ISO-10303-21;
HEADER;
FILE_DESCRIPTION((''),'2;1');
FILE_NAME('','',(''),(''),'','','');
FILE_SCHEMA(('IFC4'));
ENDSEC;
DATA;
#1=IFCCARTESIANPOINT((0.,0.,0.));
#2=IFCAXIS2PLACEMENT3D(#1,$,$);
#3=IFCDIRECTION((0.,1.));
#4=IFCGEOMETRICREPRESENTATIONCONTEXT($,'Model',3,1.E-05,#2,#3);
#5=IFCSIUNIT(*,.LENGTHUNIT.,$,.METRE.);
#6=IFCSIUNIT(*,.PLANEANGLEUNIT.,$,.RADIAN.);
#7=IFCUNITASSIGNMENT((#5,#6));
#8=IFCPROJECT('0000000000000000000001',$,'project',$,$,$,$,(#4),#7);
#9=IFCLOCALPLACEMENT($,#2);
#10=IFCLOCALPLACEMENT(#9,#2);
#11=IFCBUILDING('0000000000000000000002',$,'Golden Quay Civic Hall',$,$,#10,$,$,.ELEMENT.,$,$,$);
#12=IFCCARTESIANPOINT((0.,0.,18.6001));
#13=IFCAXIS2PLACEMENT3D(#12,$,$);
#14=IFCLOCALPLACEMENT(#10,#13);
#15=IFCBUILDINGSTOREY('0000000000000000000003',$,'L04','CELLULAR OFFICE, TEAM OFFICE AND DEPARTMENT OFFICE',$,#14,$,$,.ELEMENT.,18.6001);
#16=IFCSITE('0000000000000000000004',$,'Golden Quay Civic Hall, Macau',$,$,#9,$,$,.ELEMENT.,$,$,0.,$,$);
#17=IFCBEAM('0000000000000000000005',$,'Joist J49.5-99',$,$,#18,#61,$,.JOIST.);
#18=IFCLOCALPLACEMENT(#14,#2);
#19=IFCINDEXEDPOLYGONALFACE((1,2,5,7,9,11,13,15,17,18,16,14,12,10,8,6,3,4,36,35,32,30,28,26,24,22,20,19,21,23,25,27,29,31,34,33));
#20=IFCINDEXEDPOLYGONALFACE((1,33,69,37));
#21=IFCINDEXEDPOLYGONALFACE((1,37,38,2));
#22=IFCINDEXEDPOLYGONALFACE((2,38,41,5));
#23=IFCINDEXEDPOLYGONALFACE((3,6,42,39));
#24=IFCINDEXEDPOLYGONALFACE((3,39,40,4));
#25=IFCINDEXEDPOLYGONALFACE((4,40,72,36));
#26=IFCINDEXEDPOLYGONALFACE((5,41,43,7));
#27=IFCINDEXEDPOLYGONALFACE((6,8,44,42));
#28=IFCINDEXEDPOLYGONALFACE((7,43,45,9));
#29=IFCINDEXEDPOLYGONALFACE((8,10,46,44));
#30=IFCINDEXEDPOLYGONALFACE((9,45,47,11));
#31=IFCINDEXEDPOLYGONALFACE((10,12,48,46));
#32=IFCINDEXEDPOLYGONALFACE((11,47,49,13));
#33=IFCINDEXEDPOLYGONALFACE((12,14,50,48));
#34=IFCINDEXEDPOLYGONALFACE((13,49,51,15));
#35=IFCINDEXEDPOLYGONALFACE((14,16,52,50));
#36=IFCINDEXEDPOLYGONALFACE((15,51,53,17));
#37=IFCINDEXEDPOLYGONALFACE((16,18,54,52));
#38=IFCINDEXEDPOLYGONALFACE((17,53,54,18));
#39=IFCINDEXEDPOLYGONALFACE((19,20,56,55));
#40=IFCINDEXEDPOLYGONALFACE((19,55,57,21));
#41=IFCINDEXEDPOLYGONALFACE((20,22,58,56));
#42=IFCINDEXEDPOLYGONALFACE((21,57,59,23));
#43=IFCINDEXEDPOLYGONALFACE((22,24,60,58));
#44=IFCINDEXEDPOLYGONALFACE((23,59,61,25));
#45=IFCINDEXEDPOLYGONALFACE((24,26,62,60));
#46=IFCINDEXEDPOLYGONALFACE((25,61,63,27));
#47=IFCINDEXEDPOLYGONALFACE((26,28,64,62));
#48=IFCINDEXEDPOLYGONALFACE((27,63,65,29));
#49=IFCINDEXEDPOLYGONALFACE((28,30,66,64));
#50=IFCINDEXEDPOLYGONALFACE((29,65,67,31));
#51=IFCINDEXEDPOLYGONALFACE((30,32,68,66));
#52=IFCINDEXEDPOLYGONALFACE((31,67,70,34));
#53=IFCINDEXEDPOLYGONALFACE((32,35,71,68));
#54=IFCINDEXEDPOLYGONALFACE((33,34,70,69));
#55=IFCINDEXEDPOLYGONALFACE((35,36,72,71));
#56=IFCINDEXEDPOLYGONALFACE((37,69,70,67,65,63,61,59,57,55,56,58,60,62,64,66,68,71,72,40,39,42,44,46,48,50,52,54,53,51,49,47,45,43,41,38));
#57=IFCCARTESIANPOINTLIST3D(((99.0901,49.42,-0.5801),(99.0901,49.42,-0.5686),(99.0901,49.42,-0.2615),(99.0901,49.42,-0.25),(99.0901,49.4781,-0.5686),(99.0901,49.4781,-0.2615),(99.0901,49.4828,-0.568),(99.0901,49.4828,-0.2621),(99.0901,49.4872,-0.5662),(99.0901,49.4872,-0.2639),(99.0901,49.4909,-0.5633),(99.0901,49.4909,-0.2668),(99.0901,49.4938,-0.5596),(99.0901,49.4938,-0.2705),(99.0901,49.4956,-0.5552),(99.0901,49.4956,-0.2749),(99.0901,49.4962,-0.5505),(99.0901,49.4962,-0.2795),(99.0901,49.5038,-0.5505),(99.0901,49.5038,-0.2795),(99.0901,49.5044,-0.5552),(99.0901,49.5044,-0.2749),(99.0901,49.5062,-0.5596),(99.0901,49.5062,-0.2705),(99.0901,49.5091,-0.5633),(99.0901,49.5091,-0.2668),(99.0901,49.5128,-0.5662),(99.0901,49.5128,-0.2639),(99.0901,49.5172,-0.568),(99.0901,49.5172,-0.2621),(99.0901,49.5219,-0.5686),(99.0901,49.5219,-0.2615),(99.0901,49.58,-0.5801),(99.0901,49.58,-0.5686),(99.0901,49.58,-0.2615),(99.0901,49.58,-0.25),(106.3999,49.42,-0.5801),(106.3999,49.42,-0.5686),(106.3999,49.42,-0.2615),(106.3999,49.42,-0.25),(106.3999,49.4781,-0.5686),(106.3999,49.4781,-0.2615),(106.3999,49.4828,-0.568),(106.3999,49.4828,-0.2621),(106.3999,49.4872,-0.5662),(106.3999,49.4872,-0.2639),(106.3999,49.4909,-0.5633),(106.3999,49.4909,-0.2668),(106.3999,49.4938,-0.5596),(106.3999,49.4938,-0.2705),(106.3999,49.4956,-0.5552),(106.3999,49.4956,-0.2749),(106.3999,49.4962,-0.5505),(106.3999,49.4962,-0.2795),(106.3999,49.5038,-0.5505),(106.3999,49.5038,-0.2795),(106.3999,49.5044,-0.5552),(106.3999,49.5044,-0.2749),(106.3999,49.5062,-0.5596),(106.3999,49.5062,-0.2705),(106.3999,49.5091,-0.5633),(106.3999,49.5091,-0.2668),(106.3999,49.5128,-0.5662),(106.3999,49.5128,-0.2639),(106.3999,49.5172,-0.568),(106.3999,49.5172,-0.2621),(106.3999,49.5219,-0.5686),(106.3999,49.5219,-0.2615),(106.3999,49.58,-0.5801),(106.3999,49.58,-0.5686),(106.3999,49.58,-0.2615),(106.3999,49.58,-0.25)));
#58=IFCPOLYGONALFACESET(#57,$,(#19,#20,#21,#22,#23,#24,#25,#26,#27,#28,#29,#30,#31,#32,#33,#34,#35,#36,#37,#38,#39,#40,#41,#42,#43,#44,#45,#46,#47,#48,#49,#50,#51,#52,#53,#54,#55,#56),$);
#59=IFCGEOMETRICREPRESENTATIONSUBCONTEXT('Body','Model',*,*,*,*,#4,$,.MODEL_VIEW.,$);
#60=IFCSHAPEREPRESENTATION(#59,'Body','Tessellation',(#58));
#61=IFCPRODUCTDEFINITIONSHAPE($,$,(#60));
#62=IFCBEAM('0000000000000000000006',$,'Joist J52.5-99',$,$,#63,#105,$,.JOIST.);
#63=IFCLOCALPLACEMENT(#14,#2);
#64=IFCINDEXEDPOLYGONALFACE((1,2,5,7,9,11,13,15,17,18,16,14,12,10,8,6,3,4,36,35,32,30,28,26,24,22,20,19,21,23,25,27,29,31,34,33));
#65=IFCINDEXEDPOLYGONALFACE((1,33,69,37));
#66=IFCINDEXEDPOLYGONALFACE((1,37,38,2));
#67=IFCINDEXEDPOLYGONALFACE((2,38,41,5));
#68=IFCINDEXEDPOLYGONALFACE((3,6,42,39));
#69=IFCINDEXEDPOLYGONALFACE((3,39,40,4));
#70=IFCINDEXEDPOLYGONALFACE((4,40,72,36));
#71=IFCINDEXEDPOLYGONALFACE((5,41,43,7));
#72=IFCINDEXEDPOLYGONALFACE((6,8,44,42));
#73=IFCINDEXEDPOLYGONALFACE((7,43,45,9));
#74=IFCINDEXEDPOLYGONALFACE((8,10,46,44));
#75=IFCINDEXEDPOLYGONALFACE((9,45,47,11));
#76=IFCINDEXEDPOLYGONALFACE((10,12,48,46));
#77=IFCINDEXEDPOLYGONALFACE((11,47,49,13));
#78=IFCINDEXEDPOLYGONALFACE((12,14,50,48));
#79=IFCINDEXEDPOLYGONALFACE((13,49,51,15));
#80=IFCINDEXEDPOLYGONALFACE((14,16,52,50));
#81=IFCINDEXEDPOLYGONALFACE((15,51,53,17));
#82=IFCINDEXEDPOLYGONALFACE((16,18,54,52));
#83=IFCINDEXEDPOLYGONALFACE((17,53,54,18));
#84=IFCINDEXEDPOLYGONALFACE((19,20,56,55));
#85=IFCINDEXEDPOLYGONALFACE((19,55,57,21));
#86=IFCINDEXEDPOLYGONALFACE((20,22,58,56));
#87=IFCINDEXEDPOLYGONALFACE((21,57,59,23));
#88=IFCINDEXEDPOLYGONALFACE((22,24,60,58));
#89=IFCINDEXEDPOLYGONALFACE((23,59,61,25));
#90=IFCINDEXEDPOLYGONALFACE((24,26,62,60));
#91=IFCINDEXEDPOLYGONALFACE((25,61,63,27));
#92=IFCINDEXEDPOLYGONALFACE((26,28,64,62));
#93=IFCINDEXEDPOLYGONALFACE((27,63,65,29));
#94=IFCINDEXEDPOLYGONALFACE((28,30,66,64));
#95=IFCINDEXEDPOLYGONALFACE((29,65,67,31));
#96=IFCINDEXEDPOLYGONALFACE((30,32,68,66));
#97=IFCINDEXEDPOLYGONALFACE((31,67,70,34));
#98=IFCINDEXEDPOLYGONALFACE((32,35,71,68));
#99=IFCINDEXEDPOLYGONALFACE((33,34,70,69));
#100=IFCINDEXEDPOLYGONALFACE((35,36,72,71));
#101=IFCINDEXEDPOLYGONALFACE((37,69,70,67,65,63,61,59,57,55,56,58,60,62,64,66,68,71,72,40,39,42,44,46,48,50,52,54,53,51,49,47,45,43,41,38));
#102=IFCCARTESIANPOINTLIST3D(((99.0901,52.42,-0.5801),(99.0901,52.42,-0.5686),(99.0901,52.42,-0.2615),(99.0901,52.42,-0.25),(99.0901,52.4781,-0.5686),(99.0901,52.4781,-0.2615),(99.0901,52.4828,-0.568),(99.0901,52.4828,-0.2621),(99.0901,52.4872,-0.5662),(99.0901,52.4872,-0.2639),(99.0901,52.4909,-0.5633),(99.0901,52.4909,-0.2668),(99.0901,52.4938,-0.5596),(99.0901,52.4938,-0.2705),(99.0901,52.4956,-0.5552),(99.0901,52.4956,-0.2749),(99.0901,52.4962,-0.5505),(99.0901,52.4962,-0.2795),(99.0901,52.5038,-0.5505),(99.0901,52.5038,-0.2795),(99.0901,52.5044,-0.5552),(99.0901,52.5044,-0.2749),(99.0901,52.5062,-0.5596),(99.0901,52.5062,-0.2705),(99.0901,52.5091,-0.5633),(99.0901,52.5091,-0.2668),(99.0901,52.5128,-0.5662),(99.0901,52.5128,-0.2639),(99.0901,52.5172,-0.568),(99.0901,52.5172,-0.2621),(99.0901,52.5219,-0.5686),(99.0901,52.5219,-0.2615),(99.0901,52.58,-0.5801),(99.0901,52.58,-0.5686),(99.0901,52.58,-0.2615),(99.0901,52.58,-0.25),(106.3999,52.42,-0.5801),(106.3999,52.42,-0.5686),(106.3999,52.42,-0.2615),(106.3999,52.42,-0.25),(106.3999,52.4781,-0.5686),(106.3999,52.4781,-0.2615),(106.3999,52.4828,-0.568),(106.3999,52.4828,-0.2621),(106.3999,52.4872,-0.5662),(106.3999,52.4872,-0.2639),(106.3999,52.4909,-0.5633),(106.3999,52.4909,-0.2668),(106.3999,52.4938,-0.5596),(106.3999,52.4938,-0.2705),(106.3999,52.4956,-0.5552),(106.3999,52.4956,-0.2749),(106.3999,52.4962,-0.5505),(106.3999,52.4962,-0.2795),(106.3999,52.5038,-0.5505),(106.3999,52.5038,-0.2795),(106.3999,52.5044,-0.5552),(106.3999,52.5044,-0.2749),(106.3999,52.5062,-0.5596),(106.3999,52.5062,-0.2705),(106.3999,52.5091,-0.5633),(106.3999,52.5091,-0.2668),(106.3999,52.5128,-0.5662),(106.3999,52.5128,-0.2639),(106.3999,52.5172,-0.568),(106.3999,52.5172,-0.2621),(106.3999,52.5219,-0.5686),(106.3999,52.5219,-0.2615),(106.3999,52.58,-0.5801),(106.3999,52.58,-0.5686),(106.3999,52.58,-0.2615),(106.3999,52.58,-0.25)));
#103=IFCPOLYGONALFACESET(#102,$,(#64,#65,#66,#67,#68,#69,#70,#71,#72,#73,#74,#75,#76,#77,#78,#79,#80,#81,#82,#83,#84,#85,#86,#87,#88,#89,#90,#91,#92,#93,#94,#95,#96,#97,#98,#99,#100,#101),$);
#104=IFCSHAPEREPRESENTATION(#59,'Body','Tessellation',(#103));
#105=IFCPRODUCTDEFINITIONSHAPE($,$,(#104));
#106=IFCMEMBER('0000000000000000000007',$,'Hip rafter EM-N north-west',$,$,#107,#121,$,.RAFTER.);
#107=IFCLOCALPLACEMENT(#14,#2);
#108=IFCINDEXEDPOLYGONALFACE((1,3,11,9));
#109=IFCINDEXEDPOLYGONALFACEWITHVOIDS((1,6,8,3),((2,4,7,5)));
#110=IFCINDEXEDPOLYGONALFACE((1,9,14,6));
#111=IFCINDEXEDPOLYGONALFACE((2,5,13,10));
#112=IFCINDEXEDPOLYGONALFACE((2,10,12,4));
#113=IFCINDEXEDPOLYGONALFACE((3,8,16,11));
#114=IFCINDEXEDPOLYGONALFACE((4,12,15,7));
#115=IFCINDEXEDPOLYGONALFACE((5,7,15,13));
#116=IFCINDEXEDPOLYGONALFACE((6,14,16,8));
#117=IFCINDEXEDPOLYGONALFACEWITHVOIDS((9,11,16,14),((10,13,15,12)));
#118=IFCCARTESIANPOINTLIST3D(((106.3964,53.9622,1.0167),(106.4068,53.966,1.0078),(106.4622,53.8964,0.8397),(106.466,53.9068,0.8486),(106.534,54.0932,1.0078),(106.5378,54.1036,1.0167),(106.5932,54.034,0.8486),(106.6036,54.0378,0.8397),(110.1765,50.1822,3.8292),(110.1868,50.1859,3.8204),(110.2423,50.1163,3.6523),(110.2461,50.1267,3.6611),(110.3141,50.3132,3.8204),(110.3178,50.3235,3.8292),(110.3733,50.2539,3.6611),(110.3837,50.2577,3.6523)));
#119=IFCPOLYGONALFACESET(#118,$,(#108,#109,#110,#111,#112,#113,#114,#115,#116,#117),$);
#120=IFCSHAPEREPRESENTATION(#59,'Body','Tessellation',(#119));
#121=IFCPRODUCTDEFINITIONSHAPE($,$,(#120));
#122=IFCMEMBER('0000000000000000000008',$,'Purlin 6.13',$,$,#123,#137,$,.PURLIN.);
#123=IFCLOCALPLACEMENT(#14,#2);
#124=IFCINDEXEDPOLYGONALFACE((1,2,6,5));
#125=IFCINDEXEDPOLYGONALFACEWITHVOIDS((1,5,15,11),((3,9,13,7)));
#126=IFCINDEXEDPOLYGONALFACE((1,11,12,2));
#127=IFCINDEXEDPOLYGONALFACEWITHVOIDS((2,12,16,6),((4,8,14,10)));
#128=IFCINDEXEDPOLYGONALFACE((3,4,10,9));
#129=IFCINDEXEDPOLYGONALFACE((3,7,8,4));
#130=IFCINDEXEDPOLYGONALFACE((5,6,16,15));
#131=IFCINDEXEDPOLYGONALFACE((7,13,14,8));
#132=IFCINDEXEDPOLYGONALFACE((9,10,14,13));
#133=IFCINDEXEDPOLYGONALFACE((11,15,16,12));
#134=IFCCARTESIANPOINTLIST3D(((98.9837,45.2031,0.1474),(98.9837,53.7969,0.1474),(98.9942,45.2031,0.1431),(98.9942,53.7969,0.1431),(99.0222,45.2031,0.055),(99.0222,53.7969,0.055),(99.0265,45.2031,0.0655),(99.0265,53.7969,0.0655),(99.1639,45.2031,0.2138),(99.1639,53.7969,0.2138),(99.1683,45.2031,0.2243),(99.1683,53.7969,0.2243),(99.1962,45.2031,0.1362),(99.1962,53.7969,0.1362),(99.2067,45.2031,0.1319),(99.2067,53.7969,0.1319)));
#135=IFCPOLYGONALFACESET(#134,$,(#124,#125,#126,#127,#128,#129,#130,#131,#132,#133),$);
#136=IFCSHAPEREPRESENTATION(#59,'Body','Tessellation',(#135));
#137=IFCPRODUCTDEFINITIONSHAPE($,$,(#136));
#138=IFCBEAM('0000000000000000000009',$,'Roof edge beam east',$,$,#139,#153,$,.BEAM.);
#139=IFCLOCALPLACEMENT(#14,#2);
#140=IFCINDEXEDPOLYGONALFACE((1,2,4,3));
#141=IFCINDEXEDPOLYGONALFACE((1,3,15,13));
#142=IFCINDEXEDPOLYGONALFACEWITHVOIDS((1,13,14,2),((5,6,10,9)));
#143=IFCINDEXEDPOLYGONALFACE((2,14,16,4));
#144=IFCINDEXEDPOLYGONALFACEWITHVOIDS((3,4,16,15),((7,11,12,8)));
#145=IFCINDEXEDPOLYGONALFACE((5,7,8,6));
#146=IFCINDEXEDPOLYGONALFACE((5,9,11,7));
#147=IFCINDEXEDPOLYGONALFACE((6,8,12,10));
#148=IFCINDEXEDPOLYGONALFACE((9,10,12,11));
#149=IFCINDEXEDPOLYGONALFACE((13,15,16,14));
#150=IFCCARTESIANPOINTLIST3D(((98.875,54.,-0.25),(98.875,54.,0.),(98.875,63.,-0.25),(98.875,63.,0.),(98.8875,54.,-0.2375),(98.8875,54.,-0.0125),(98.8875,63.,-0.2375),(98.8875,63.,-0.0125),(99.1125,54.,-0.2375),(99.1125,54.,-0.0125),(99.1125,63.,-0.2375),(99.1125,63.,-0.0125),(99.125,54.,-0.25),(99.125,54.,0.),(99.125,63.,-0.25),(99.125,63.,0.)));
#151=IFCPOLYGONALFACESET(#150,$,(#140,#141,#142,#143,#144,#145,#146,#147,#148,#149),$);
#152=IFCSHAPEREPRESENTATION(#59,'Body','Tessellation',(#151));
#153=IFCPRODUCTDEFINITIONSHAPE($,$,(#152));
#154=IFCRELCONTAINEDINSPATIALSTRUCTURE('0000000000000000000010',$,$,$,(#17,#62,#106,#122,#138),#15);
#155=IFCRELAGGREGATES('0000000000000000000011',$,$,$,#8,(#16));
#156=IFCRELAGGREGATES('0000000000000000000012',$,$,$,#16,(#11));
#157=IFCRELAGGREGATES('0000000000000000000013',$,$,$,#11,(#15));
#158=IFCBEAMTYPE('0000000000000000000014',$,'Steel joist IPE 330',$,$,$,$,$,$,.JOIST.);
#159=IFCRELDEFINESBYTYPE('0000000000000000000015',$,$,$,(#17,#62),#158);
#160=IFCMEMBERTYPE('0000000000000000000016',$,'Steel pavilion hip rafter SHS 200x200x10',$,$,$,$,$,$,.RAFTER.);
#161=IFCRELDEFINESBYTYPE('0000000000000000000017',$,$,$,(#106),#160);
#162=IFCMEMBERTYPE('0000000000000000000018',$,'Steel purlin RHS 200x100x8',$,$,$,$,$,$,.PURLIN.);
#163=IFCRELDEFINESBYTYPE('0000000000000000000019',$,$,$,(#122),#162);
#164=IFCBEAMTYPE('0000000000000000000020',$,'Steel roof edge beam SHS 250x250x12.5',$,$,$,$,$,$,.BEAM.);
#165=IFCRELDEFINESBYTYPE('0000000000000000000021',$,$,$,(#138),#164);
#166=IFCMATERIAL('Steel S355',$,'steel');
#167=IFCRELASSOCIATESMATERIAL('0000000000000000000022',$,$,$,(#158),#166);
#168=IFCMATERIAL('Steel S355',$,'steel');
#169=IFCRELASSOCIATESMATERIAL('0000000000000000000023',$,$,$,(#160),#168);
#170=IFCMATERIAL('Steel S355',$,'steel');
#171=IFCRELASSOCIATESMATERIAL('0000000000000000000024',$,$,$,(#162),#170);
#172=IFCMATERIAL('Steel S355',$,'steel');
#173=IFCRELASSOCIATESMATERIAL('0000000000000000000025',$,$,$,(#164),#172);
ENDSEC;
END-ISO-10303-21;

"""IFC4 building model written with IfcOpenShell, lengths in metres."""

from ifc_helpers import new_model, si_unit, direction, frame, origin, origin_2d, place, context, subcontext, project, spatial, hollow_rectangle, i_section, extrude, material, material_profile, profile_set, type_object, element, save


model = new_model("IFC4")

# Units and contexts
model_context = context("Model", 3, precision=1e-05, world=origin(), true_north=direction((0.0, 1.0)))
body_context = subcontext(model_context, "Body", "Model", "MODEL_VIEW")
ifc_project = project(units=[si_unit("LENGTHUNIT", "METRE"), si_unit("PLANEANGLEUNIT", "RADIAN")], contexts=[model_context])

# Site, building, storey
site_placement = place(None, origin())
site = spatial("IfcSite", under=ifc_project, at=site_placement, Name="Golden Quay Civic Hall, Macau", CompositionType="ELEMENT", RefElevation=0.0)
building_placement = place(site_placement, origin())
building = spatial("IfcBuilding", under=site, at=building_placement, Name="Golden Quay Civic Hall", CompositionType="ELEMENT")
storey_placement = place(building_placement, frame((0.0, 0.0, 18.6001)))
storey = spatial("IfcBuildingStorey", under=building, at=storey_placement, Name="L04", Description="CELLULAR OFFICE, TEAM OFFICE AND DEPARTMENT OFFICE", CompositionType="ELEMENT", Elevation=18.6001)

# Beams
ifc_material_1 = material(Name="Steel S355", Category="steel")
ifc_material_profile_1 = material_profile(ifc_material_1, i_section(OverallWidth=0.1599, OverallDepth=0.3301, WebThickness=0.0076, FlangeThickness=0.0115, FilletRadius=0.0181, at=origin_2d()), Name="IPE 330")
ifc_profile_set_1 = profile_set([ifc_material_profile_1], Name="Steel S355")
beam_type_1 = type_object("IfcBeamType", Name="Steel joist IPE 330", PredefinedType="JOIST", material=ifc_profile_set_1)
for number, where, z_axis, x_axis, name in (
    (1, (99.0901, 49.5, -0.415), (1.0, 0.0, 0.0), (0.0, 1.0, 0.0), "Joist J49.5-99"),
    (2, (99.0901, 52.5, -0.415), (1.0, 0.0, 0.0), (0.0, 1.0, 0.0), "Joist J52.5-99"),
):
    element("IfcBeam", number, at=place(storey_placement, frame(where, z_axis=z_axis, x_axis=x_axis)), inside=storey, type_object=beam_type_1, Name=name, PredefinedType="JOIST", context=body_context, shape_type="SweptSolid", body=[
        extrude(i_section(OverallWidth=0.1599, OverallDepth=0.3301, WebThickness=0.0076, FlangeThickness=0.0115, FilletRadius=0.0181, at=origin_2d()), origin(), (0.0, 0.0, 1.0), 7.3098),
    ])

# Members
ifc_material_2 = material(Name="Steel S355", Category="steel")
ifc_material_profile_2 = material_profile(ifc_material_2, hollow_rectangle(XDim=0.2, YDim=0.2, WallThickness=0.01, at=origin_2d()), Name="SHS 200x200x10")
ifc_profile_set_2 = profile_set([ifc_material_profile_2], Name="Steel S355")
member_type_1 = type_object("IfcMemberType", Name="Steel pavilion hip rafter SHS 200x200x10", PredefinedType="RAFTER", material=ifc_profile_set_2)
member_1_placement = place(storey_placement, frame((106.5, 54.0, 0.9282), z_axis=(0.625783, -0.625783, 0.465609), x_axis=(0.707107, 0.707107, 0.0)))
element("IfcMember", 3, at=member_1_placement, inside=storey, type_object=member_type_1, Name="Hip rafter EM-N north-west", PredefinedType="RAFTER", context=body_context, shape_type="SweptSolid", body=[
    extrude(hollow_rectangle(XDim=0.2, YDim=0.2, WallThickness=0.01, at=origin_2d()), origin(), (0.0, 0.0, 1.0), 6.0405),
])
ifc_material_3 = material(Name="Steel S355", Category="steel")
ifc_material_profile_3 = material_profile(ifc_material_3, hollow_rectangle(XDim=0.1001, YDim=0.2, WallThickness=0.0081, at=origin_2d()), Name="RHS 200x100x8")
ifc_profile_set_3 = profile_set([ifc_material_profile_3], Name="Steel S355")
member_type_2 = type_object("IfcMemberType", Name="Steel purlin RHS 200x100x8", PredefinedType="PURLIN", material=ifc_profile_set_3)
member_2_placement = place(storey_placement, frame((99.0952, 45.2031, 0.1396), z_axis=(0.0, 1.0, 0.0), x_axis=(-0.384615, 0.0, 0.923077)))
element("IfcMember", 4, at=member_2_placement, inside=storey, type_object=member_type_2, Name="Purlin 6.13", PredefinedType="PURLIN", context=body_context, shape_type="SweptSolid", body=[
    extrude(hollow_rectangle(XDim=0.1001, YDim=0.2, WallThickness=0.0081, at=origin_2d()), origin(), (0.0, 0.0, 1.0), 8.5938),
])

# Beam
ifc_material_4 = material(Name="Steel S355", Category="steel")
ifc_material_profile_4 = material_profile(ifc_material_4, hollow_rectangle(XDim=0.25, YDim=0.25, WallThickness=0.0125, at=origin_2d()), Name="SHS 250x250x12.5")
ifc_profile_set_4 = profile_set([ifc_material_profile_4], Name="Steel S355")
beam_type_2 = type_object("IfcBeamType", Name="Steel roof edge beam SHS 250x250x12.5", PredefinedType="BEAM", material=ifc_profile_set_4)
beam_1_placement = place(storey_placement, frame((99.0, 54.0, -0.125), z_axis=(0.0, 1.0, 0.0), x_axis=(-1.0, 0.0, 0.0)))
element("IfcBeam", 5, at=beam_1_placement, inside=storey, type_object=beam_type_2, Name="Roof edge beam east", PredefinedType="BEAM", context=body_context, shape_type="SweptSolid", body=[
    extrude(hollow_rectangle(XDim=0.25, YDim=0.25, WallThickness=0.0125, at=origin_2d()), origin(), (0.0, 0.0, 1.0), 9.0),
])

save(model, "model.ifc")
